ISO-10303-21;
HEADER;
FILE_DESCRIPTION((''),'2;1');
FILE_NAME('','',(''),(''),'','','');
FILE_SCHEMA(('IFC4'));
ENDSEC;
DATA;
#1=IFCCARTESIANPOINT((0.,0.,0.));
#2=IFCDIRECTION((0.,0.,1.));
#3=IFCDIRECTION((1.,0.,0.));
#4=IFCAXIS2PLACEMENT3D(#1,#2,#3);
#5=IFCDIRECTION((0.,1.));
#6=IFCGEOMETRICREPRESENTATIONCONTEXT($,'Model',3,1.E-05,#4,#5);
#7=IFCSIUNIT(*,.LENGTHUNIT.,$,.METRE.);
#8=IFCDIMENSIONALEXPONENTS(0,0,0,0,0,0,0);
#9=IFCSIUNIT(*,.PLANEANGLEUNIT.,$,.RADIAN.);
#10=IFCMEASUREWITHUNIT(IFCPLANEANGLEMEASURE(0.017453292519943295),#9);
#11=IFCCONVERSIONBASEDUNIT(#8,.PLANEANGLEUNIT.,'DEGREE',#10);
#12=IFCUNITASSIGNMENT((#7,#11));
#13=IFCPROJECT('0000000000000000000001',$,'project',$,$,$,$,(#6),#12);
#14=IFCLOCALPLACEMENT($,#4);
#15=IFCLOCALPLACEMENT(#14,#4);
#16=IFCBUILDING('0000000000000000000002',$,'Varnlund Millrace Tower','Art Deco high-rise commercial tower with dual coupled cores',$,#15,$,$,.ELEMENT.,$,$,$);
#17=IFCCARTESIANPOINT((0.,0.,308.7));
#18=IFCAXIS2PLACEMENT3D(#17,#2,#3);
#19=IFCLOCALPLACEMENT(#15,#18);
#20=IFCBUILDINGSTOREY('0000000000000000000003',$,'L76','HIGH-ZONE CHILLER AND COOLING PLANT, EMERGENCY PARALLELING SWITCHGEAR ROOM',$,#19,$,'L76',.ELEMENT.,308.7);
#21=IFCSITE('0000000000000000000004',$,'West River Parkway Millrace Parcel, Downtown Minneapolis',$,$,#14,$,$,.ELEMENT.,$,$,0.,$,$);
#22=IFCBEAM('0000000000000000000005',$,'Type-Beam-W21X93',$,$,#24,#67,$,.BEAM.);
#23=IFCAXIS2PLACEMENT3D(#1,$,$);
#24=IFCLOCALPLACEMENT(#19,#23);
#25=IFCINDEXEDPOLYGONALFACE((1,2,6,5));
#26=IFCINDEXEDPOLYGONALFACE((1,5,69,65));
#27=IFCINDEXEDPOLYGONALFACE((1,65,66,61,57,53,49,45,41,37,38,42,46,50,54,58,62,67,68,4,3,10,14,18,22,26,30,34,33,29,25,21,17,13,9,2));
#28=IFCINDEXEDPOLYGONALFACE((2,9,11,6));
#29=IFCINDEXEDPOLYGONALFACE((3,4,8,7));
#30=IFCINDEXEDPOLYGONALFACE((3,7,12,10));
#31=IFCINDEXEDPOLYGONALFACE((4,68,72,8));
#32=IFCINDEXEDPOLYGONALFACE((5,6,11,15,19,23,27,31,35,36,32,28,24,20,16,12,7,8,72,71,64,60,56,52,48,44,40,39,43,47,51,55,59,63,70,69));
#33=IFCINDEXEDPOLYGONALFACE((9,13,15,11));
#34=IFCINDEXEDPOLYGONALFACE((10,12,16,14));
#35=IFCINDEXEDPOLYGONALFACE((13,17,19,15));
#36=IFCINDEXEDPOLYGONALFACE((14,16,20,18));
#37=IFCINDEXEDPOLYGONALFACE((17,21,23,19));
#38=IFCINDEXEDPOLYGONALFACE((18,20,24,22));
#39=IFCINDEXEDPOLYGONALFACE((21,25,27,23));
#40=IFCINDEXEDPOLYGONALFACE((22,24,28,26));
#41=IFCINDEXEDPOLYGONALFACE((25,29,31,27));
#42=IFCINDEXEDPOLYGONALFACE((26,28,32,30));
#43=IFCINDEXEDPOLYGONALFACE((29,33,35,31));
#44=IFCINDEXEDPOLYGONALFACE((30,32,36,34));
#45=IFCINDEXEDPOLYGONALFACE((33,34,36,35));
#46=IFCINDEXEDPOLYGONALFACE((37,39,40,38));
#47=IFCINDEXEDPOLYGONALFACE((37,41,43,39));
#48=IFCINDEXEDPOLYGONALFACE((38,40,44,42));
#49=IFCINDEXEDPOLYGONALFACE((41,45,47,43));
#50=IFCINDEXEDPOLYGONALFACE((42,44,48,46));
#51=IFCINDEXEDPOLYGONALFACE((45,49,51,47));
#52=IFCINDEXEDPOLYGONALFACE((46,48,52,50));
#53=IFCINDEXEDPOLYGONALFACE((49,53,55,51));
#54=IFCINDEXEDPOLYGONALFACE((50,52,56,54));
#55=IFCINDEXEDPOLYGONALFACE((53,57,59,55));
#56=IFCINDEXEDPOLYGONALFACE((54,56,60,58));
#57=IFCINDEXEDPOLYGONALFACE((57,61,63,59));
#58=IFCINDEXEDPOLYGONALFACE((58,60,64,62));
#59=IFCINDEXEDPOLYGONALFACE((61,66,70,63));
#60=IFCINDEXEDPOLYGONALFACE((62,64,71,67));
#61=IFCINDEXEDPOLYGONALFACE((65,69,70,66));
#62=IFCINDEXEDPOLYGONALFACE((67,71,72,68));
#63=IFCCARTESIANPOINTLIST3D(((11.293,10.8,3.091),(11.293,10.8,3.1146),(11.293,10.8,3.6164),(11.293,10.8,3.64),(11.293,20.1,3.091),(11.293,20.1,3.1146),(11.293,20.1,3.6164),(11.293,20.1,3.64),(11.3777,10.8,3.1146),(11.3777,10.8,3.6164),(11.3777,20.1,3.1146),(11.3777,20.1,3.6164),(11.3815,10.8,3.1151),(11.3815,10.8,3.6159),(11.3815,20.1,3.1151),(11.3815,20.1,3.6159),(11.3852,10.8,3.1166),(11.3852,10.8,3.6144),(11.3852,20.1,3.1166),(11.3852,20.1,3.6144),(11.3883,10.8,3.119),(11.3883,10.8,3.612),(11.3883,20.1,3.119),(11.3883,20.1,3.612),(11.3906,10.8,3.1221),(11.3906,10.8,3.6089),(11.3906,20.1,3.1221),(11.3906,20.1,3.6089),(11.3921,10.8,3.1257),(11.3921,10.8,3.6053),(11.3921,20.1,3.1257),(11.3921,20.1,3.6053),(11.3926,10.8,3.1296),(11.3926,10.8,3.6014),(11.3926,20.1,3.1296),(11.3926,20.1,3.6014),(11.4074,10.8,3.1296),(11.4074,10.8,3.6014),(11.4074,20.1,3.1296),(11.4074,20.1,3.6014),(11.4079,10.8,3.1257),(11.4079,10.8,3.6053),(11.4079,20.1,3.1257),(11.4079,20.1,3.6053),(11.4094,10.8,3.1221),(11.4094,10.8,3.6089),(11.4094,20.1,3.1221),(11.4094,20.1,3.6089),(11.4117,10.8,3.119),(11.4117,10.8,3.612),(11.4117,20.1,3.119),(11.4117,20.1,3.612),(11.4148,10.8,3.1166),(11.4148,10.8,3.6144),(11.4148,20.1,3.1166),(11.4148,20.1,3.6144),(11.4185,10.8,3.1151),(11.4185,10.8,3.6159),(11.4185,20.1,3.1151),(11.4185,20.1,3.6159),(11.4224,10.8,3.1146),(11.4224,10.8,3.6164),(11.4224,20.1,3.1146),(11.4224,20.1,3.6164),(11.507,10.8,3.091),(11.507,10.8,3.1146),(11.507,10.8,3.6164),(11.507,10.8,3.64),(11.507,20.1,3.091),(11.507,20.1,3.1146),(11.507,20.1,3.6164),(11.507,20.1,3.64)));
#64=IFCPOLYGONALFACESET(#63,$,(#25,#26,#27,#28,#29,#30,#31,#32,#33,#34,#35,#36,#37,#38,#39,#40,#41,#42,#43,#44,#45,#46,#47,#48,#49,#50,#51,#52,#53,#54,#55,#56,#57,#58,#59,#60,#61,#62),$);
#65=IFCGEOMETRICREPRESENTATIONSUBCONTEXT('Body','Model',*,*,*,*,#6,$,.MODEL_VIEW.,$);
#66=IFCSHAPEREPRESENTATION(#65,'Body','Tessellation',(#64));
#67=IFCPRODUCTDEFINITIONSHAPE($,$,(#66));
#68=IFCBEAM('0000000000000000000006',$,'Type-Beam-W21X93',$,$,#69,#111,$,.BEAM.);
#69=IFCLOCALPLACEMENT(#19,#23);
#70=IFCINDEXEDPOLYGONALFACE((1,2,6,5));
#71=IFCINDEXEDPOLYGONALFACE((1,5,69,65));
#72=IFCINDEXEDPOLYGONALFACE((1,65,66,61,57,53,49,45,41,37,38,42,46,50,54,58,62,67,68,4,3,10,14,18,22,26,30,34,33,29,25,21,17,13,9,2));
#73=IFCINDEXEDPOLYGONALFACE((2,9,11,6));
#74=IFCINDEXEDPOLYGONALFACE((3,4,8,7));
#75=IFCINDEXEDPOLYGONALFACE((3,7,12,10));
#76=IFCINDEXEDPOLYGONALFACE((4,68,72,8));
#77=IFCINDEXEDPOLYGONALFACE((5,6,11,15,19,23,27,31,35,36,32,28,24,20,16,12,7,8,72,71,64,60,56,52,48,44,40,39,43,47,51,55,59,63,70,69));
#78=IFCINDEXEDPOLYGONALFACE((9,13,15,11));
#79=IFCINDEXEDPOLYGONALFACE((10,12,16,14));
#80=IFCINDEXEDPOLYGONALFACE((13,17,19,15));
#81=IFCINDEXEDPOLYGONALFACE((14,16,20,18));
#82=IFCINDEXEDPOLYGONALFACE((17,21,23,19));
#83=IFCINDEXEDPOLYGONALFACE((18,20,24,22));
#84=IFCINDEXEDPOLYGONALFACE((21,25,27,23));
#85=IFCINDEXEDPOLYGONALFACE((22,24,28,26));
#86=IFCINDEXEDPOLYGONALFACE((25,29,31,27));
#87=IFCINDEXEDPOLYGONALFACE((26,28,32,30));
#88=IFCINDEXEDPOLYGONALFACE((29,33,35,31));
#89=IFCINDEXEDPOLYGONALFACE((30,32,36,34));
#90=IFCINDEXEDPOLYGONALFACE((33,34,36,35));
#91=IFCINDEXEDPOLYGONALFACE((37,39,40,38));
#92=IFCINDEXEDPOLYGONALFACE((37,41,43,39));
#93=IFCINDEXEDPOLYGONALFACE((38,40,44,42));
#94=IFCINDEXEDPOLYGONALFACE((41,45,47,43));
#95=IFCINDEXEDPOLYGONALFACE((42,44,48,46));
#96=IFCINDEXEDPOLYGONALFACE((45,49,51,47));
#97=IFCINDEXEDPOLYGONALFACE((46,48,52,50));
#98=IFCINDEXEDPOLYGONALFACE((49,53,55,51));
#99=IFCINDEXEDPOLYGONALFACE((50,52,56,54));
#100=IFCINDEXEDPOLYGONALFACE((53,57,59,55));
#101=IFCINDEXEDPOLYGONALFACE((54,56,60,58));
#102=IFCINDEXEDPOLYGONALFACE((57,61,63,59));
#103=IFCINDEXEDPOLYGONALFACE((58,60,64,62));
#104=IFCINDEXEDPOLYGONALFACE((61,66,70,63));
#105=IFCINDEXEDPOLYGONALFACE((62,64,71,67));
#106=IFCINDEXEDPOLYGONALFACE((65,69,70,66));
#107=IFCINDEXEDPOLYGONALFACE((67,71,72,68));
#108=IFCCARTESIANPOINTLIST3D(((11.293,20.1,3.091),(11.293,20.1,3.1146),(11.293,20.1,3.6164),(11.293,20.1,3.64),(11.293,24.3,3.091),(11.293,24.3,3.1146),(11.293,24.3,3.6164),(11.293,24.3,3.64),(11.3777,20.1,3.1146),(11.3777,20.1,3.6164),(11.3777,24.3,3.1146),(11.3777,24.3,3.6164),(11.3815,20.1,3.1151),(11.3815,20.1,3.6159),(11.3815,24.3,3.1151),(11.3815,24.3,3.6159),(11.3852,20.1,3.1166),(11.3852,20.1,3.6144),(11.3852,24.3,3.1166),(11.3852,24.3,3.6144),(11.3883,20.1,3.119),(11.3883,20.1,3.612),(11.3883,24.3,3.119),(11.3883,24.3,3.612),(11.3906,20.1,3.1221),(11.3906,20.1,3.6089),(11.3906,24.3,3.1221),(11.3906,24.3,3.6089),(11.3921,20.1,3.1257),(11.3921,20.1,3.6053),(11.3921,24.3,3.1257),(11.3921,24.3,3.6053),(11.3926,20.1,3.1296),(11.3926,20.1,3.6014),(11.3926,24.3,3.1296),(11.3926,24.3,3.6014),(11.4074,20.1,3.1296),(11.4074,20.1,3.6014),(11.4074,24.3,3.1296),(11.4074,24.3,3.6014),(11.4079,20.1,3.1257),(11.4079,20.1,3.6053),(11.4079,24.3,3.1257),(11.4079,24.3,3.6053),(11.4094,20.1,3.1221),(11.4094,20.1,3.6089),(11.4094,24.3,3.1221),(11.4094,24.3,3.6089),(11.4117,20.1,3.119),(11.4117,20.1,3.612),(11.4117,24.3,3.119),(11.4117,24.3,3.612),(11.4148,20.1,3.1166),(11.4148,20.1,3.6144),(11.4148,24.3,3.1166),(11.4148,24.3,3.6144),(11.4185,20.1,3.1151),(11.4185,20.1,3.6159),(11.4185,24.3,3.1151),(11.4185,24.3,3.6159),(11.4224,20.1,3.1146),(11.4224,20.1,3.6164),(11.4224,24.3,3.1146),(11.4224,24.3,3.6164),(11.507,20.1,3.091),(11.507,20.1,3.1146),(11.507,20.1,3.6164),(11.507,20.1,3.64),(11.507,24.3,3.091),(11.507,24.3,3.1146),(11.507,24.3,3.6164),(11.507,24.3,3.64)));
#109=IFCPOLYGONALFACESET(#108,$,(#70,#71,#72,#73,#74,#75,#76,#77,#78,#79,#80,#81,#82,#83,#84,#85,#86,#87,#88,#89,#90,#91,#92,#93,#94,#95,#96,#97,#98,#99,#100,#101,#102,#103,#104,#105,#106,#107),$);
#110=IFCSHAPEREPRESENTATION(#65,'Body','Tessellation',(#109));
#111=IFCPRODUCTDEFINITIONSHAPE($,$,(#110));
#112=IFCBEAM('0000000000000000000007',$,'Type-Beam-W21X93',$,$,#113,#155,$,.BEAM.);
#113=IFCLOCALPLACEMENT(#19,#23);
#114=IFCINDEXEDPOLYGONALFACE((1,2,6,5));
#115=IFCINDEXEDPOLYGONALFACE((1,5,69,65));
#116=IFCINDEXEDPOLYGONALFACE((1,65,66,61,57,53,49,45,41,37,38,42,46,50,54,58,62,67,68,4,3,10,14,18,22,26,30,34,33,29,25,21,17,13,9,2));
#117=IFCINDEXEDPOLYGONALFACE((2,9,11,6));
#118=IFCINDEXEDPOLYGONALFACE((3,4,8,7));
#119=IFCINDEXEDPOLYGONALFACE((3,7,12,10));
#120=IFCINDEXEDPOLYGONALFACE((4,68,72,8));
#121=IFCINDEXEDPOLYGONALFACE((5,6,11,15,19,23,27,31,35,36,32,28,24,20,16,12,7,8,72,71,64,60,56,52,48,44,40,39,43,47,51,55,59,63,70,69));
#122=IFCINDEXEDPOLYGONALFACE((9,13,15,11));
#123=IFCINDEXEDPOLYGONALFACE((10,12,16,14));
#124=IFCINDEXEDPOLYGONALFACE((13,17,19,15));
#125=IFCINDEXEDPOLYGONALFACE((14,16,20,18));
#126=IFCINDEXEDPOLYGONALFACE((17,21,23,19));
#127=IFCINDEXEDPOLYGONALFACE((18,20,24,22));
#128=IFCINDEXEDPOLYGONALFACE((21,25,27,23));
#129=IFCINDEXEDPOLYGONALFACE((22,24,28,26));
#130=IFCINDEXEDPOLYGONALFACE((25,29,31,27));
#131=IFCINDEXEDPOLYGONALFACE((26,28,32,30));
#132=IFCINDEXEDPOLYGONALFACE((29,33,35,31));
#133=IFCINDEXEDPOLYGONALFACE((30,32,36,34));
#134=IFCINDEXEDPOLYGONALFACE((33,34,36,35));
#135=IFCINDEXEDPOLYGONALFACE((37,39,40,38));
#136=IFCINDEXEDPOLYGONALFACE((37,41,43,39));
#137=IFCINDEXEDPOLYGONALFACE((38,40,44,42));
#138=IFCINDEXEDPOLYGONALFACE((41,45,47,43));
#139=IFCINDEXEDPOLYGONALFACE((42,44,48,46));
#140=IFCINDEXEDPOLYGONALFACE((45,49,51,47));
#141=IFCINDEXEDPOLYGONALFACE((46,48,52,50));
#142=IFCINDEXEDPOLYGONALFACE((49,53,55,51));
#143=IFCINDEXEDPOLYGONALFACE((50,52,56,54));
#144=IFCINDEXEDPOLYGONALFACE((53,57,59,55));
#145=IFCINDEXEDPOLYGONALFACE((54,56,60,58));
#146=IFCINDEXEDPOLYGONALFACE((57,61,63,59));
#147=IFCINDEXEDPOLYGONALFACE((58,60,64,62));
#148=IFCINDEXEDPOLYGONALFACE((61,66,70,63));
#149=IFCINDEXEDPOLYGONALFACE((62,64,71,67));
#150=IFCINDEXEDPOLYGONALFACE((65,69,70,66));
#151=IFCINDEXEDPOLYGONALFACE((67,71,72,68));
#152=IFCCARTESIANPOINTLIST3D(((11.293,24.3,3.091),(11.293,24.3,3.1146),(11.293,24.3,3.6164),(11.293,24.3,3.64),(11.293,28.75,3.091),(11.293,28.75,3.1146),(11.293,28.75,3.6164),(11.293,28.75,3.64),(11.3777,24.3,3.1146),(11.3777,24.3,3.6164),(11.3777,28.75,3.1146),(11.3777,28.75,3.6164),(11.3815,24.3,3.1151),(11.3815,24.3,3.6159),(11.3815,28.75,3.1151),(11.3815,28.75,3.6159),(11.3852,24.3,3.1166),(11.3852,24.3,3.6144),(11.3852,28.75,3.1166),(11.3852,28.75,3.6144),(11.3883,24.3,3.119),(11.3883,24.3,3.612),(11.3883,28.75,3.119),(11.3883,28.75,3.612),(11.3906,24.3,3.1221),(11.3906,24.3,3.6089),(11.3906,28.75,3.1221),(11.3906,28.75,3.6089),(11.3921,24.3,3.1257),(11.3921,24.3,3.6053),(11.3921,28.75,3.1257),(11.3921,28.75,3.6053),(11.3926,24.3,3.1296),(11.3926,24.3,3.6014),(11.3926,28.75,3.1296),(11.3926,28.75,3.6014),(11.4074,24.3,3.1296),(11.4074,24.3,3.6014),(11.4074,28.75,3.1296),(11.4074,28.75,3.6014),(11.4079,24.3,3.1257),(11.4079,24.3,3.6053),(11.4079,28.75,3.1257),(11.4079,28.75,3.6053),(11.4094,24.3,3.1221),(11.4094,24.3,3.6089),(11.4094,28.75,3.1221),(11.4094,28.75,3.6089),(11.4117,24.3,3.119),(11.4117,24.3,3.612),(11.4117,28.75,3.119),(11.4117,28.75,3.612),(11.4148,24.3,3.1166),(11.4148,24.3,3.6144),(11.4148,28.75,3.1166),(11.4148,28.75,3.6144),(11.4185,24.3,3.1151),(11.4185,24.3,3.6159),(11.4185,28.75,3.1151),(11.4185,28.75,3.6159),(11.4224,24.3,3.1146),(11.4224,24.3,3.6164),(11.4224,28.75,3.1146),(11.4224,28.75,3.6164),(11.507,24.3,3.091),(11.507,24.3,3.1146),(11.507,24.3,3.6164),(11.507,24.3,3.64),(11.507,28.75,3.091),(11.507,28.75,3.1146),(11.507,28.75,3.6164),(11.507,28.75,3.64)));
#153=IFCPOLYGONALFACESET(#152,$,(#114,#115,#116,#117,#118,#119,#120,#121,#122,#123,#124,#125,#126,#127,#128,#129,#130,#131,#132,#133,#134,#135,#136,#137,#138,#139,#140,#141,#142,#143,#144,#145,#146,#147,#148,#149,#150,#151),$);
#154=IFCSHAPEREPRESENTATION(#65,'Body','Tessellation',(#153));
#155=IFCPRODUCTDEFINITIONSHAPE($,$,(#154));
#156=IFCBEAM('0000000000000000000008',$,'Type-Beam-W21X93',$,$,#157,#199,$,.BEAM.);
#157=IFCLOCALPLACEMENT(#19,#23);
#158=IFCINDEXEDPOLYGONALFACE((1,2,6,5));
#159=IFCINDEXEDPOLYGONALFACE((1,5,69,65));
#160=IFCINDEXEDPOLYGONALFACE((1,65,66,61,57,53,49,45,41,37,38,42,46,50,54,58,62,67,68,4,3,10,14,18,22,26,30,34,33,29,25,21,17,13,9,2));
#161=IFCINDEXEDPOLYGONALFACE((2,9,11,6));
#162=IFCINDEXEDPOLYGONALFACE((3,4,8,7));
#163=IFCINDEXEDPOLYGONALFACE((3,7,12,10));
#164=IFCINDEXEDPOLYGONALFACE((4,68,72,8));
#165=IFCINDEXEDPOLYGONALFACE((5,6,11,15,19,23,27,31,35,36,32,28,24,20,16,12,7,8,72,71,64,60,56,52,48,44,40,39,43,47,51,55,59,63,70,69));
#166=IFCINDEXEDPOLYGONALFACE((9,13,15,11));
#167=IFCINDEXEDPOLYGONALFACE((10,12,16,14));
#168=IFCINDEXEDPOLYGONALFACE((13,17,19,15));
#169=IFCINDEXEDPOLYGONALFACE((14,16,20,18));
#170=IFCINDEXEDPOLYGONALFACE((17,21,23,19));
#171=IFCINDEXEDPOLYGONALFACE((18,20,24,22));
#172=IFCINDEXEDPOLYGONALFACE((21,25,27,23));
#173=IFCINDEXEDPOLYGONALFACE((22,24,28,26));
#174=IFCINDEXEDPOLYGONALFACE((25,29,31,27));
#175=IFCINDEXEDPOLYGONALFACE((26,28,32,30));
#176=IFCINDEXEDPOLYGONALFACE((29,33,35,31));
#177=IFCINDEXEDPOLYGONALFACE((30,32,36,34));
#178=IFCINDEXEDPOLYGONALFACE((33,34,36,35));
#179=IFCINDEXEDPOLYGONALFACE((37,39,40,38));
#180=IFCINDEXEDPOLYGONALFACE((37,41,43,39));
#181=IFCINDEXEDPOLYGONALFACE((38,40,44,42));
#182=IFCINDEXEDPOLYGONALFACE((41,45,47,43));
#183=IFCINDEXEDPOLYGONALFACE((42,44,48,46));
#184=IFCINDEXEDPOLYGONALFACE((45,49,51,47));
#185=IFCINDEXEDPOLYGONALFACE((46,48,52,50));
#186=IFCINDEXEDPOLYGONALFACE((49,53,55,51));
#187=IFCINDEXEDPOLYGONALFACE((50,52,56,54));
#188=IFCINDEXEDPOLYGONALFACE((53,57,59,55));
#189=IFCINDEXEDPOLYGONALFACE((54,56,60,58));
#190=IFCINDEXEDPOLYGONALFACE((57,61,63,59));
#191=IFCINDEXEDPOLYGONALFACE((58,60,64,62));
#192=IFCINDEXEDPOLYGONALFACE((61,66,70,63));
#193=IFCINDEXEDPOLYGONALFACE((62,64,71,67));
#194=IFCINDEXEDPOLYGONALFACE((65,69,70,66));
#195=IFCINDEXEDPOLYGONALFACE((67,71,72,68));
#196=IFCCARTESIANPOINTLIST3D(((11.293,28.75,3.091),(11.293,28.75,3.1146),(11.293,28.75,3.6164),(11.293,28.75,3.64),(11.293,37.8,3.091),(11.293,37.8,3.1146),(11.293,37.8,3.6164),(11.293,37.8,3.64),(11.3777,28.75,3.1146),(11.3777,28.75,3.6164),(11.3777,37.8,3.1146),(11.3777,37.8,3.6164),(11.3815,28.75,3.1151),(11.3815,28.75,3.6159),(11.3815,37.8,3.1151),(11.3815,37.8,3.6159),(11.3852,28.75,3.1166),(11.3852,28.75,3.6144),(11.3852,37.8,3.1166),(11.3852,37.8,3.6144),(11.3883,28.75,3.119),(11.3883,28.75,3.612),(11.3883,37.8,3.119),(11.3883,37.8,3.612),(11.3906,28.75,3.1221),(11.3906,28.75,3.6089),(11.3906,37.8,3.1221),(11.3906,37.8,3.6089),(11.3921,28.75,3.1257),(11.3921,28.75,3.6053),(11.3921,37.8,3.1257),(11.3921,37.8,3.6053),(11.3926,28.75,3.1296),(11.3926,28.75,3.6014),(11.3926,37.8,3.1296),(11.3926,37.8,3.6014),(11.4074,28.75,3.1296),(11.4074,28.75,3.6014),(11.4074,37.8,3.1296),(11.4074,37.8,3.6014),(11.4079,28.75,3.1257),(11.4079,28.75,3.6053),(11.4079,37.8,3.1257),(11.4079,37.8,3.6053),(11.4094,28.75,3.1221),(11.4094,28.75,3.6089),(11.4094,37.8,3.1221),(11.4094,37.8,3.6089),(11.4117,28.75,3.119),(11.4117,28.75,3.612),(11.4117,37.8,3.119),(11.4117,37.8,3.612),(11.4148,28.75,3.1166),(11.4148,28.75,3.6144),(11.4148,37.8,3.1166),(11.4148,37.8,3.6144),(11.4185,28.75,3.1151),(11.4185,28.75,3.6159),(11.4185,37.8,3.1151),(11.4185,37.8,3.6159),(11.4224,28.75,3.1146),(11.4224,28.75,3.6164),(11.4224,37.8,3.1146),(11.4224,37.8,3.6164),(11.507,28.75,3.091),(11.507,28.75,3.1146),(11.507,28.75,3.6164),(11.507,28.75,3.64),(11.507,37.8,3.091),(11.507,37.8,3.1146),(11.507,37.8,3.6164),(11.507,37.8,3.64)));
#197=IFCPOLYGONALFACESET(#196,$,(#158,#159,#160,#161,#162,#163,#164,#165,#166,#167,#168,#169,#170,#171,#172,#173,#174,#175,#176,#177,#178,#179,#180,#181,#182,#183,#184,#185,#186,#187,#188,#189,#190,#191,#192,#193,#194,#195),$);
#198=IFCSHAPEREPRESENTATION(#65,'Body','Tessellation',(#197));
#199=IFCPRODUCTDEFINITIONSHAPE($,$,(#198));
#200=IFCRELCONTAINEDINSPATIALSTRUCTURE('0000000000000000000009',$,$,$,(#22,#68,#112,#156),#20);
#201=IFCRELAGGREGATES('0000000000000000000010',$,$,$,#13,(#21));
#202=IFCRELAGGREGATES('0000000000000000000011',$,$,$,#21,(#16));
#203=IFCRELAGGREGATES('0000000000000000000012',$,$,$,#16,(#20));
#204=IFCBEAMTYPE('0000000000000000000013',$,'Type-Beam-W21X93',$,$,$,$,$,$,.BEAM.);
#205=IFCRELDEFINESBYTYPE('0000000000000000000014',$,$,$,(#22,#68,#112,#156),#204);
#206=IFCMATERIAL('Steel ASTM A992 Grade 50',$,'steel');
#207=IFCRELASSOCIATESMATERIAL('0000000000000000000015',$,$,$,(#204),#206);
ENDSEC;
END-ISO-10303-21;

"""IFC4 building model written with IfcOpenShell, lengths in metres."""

from ifc_helpers import new_model, entity, si_unit, converted_unit, direction, frame, origin_with_axes, origin_2d_with_axis, place, context, subcontext, project, spatial, i_section, extrude, material, material_profile, profile_set, type_object, element, save


model = new_model("IFC4")

# Units and contexts
model_context = context("Model", 3, precision=1e-05, world=origin_with_axes(), true_north=direction((0.0, 1.0)))
body_context = subcontext(model_context, "Body", "Model", "MODEL_VIEW")
ifc_project = project(units=[si_unit("LENGTHUNIT", "METRE"), converted_unit("PLANEANGLEUNIT", "DEGREE", entity("IfcPlaneAngleMeasure", 0.017453292519943295), si_unit("PLANEANGLEUNIT", "RADIAN"), dimensions=[0, 0, 0, 0, 0, 0, 0])], contexts=[model_context])

# Site, building, storey
site_placement = place(None, origin_with_axes())
site = spatial("IfcSite", under=ifc_project, at=site_placement, Name="West River Parkway Millrace Parcel, Downtown Minneapolis", CompositionType="ELEMENT", RefElevation=0.0)
building_placement = place(site_placement, origin_with_axes())
building = spatial("IfcBuilding", under=site, at=building_placement, Name="Varnlund Millrace Tower", Description="Art Deco high-rise commercial tower with dual coupled cores", CompositionType="ELEMENT")
storey_placement = place(building_placement, frame((0.0, 0.0, 308.7), z_axis=(0.0, 0.0, 1.0), x_axis=(1.0, 0.0, 0.0)))
storey = spatial("IfcBuildingStorey", under=building, at=storey_placement, Name="L76", Description="HIGH-ZONE CHILLER AND COOLING PLANT, EMERGENCY PARALLELING SWITCHGEAR ROOM", LongName="L76", CompositionType="ELEMENT", Elevation=308.7)

# Beams
ifc_material_1 = material(Name="Steel ASTM A992 Grade 50", Category="steel")
ifc_material_profile_1 = material_profile(ifc_material_1, i_section(OverallWidth=0.214, OverallDepth=0.549, WebThickness=0.0147, FlangeThickness=0.0236, FilletRadius=0.015, at=origin_2d_with_axis()), Name="Steel ASTM A992 Grade 50")
ifc_profile_set_1 = profile_set([ifc_material_profile_1], Name="Steel ASTM A992 Grade 50")
beam_type_1 = type_object("IfcBeamType", Name="Type-Beam-W21X93", PredefinedType="BEAM", material=ifc_profile_set_1)
beam_1_placement = place(storey_placement, frame((11.4, 10.8, 3.3655), z_axis=(0.0, 1.0, 0.0), x_axis=(-1.0, 0.0, 0.0)))
element("IfcBeam", 1, at=beam_1_placement, inside=storey, type_object=beam_type_1, Name="Type-Beam-W21X93", PredefinedType="BEAM", context=body_context, shape_type="SweptSolid", body=[
    extrude(i_section(OverallWidth=0.214, OverallDepth=0.549, WebThickness=0.0147, FlangeThickness=0.0236, FilletRadius=0.015, at=origin_2d_with_axis()), origin_with_axes(), (0.0, 0.0, 1.0), 9.3),
])
beam_2_placement = place(storey_placement, frame((11.4, 20.1, 3.3655), z_axis=(0.0, 1.0, 0.0), x_axis=(-1.0, 0.0, 0.0)))
element("IfcBeam", 2, at=beam_2_placement, inside=storey, type_object=beam_type_1, Name="Type-Beam-W21X93", PredefinedType="BEAM", context=body_context, shape_type="SweptSolid", body=[
    extrude(i_section(OverallWidth=0.214, OverallDepth=0.549, WebThickness=0.0147, FlangeThickness=0.0236, FilletRadius=0.015, at=origin_2d_with_axis()), origin_with_axes(), (0.0, 0.0, 1.0), 4.2),
])
beam_3_placement = place(storey_placement, frame((11.4, 24.3, 3.3655), z_axis=(0.0, 1.0, 0.0), x_axis=(-1.0, 0.0, 0.0)))
element("IfcBeam", 3, at=beam_3_placement, inside=storey, type_object=beam_type_1, Name="Type-Beam-W21X93", PredefinedType="BEAM", context=body_context, shape_type="SweptSolid", body=[
    extrude(i_section(OverallWidth=0.214, OverallDepth=0.549, WebThickness=0.0147, FlangeThickness=0.0236, FilletRadius=0.015, at=origin_2d_with_axis()), origin_with_axes(), (0.0, 0.0, 1.0), 4.45),
])
beam_4_placement = place(storey_placement, frame((11.4, 28.75, 3.3655), z_axis=(0.0, 1.0, 0.0), x_axis=(-1.0, 0.0, 0.0)))
element("IfcBeam", 4, at=beam_4_placement, inside=storey, type_object=beam_type_1, Name="Type-Beam-W21X93", PredefinedType="BEAM", context=body_context, shape_type="SweptSolid", body=[
    extrude(i_section(OverallWidth=0.214, OverallDepth=0.549, WebThickness=0.0147, FlangeThickness=0.0236, FilletRadius=0.015, at=origin_2d_with_axis()), origin_with_axes(), (0.0, 0.0, 1.0), 9.05),
])

save(model, "model.ifc")
